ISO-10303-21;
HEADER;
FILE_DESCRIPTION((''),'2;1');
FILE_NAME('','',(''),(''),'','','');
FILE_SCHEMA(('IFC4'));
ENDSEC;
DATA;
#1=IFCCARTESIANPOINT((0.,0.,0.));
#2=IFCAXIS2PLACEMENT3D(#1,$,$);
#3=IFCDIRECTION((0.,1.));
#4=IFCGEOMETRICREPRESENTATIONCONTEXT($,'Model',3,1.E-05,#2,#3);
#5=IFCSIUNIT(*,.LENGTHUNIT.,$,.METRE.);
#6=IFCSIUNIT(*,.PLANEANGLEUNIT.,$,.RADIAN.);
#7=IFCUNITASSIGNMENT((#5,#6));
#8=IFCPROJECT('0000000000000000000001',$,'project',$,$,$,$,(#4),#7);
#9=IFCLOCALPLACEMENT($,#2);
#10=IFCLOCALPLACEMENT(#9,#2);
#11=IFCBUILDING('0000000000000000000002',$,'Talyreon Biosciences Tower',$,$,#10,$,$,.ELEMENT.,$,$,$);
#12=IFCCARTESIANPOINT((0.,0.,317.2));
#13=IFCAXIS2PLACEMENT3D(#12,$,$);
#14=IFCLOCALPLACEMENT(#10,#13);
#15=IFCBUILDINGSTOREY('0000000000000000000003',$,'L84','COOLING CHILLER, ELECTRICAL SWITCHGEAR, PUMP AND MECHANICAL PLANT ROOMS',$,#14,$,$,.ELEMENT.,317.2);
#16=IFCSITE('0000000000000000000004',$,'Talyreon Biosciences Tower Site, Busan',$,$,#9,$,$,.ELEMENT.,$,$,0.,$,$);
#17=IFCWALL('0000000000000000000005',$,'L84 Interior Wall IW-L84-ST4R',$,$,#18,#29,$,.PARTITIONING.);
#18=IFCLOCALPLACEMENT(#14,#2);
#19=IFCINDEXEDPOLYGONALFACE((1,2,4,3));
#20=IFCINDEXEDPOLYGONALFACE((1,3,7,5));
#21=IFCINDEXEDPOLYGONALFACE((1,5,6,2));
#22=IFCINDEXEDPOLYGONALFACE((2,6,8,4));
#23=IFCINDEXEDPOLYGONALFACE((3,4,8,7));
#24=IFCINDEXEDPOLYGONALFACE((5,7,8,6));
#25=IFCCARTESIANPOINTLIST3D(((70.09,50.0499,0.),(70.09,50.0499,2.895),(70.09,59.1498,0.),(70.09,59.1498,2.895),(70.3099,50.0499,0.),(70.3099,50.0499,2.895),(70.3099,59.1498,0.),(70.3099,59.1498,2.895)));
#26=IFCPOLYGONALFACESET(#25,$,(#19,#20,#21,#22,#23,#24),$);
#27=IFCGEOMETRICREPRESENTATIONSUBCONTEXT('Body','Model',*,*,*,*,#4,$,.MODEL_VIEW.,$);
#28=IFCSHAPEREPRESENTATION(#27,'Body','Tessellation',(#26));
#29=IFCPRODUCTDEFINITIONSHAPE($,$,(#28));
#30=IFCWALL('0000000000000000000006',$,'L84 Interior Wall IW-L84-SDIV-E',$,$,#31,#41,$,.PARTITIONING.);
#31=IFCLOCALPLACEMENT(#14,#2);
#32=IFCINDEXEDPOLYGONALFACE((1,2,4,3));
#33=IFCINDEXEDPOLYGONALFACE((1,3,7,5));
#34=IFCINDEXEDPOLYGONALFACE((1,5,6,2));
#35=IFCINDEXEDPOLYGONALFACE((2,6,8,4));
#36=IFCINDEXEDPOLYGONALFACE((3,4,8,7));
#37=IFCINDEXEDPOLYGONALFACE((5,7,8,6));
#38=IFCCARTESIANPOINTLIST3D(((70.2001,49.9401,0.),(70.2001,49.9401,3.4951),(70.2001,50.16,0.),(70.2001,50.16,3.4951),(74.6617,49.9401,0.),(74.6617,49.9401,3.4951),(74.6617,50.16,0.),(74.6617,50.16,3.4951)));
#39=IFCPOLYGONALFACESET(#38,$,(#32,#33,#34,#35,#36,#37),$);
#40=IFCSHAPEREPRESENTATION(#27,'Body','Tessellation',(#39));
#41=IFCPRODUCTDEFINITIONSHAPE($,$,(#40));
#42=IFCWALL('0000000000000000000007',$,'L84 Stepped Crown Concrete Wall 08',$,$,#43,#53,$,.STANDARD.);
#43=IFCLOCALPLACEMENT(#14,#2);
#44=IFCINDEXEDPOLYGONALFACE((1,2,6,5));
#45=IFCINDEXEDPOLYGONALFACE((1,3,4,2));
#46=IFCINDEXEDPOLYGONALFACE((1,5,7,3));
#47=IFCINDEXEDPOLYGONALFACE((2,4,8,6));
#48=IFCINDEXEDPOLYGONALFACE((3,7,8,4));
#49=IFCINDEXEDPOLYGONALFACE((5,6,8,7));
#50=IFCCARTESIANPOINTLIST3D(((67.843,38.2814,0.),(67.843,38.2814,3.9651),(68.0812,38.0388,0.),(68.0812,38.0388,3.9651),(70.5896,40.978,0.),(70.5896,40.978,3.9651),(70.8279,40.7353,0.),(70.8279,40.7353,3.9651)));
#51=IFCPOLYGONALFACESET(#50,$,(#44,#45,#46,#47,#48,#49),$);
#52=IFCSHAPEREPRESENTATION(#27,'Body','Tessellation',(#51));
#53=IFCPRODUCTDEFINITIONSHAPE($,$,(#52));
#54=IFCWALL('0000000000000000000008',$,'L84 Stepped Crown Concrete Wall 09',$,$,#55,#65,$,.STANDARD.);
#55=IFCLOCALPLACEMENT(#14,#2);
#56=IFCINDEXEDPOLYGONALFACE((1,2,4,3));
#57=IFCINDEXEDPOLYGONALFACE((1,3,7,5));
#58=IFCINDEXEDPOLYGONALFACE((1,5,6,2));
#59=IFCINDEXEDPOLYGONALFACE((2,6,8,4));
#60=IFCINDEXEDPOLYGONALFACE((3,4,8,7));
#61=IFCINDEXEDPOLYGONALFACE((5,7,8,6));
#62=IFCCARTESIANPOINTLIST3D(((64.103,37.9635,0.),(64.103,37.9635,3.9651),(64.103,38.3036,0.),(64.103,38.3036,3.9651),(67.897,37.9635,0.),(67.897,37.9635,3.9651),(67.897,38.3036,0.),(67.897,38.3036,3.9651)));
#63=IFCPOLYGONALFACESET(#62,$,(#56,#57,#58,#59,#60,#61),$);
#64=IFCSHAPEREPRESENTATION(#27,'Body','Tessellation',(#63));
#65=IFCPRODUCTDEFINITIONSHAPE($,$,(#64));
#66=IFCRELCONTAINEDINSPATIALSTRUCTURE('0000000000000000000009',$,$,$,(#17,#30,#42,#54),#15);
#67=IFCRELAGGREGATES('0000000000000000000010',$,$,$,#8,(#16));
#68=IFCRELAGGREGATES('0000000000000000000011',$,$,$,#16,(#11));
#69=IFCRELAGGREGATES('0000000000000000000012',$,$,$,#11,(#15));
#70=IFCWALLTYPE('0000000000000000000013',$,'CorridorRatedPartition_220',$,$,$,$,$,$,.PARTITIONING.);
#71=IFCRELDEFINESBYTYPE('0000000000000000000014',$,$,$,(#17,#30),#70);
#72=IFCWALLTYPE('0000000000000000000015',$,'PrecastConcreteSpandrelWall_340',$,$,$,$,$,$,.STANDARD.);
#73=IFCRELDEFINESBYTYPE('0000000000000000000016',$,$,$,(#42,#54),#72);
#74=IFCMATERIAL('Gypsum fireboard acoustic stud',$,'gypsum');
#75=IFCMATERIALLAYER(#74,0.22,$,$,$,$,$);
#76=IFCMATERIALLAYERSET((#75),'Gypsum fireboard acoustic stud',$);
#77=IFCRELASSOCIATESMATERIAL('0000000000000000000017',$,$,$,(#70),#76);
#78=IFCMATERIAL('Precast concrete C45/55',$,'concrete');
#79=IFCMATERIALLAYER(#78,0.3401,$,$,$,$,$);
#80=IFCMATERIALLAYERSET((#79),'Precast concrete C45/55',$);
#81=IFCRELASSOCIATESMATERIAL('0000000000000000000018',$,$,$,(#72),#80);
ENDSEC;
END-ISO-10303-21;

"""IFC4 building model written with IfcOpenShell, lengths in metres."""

from ifc_helpers import new_model, si_unit, direction, frame, frame_2d, origin, place, context, subcontext, project, spatial, rectangle, extrude, material, layer, layer_set, type_object, element, save


model = new_model("IFC4")

# Units and contexts
model_context = context("Model", 3, precision=1e-05, world=origin(), true_north=direction((0.0, 1.0)))
body_context = subcontext(model_context, "Body", "Model", "MODEL_VIEW")
ifc_project = project(units=[si_unit("LENGTHUNIT", "METRE"), si_unit("PLANEANGLEUNIT", "RADIAN")], contexts=[model_context])

# Site, building, storey
site_placement = place(None, origin())
site = spatial("IfcSite", under=ifc_project, at=site_placement, Name="Talyreon Biosciences Tower Site, Busan", CompositionType="ELEMENT", RefElevation=0.0)
building_placement = place(site_placement, origin())
building = spatial("IfcBuilding", under=site, at=building_placement, Name="Talyreon Biosciences Tower", CompositionType="ELEMENT")
storey_placement = place(building_placement, frame((0.0, 0.0, 317.2)))
storey = spatial("IfcBuildingStorey", under=building, at=storey_placement, Name="L84", Description="COOLING CHILLER, ELECTRICAL SWITCHGEAR, PUMP AND MECHANICAL PLANT ROOMS", CompositionType="ELEMENT", Elevation=317.2)

# Walls
ifc_material_1 = material(Name="Gypsum fireboard acoustic stud", Category="gypsum")
ifc_layer_1 = layer(ifc_material_1, 0.22)
ifc_layer_set_1 = layer_set([ifc_layer_1], Name="Gypsum fireboard acoustic stud")
wall_type_1 = type_object("IfcWallType", Name="CorridorRatedPartition_220", PredefinedType="PARTITIONING", material=ifc_layer_set_1)
wall_1_placement = place(storey_placement, frame((70.2, 50.05, 0.0), z_axis=(0.0, 0.0, 1.0), x_axis=(0.0, 1.0, 0.0)))
element("IfcWall", 1, at=wall_1_placement, inside=storey, type_object=wall_type_1, Name="L84 Interior Wall IW-L84-ST4R", PredefinedType="PARTITIONING", context=body_context, shape_type="SweptSolid", body=[
    extrude(rectangle(XDim=9.0999, YDim=0.22, at=frame_2d((4.5498, 0.0))), origin(), (0.0, 0.0, 1.0), 2.895),
])
wall_2_placement = place(storey_placement, frame((70.2, 50.05, 0.0), z_axis=(0.0, 0.0, 1.0), x_axis=(1.0, 0.0, 0.0)))
element("IfcWall", 2, at=wall_2_placement, inside=storey, type_object=wall_type_1, Name="L84 Interior Wall IW-L84-SDIV-E", PredefinedType="PARTITIONING", context=body_context, shape_type="SweptSolid", body=[
    extrude(rectangle(XDim=4.4617, YDim=0.22, at=frame_2d((2.231, 0.0))), origin(), (0.0, 0.0, 1.0), 3.4951),
])
ifc_material_2 = material(Name="Precast concrete C45/55", Category="concrete")
ifc_layer_2 = layer(ifc_material_2, 0.3401)
ifc_layer_set_2 = layer_set([ifc_layer_2], Name="Precast concrete C45/55")
wall_type_2 = type_object("IfcWallType", Name="PrecastConcreteSpandrelWall_340", PredefinedType="STANDARD", material=ifc_layer_set_2)
wall_3_placement = place(storey_placement, frame((70.7087, 40.8567, 0.0), z_axis=(0.0, 0.0, 1.0), x_axis=(-0.713578, -0.700575, 0.0)))
element("IfcWall", 3, at=wall_3_placement, inside=storey, type_object=wall_type_2, Name="L84 Stepped Crown Concrete Wall 08", PredefinedType="STANDARD", context=body_context, shape_type="SweptSolid", body=[
    extrude(rectangle(XDim=3.8491, YDim=0.3401, at=frame_2d((1.9246, 0.0))), origin(), (0.0, 0.0, 1.0), 3.9651),
])
wall_4_placement = place(storey_placement, frame((67.897, 38.1335, 0.0), z_axis=(0.0, 0.0, 1.0), x_axis=(-1.0, 0.0, 0.0)))
element("IfcWall", 4, at=wall_4_placement, inside=storey, type_object=wall_type_2, Name="L84 Stepped Crown Concrete Wall 09", PredefinedType="STANDARD", context=body_context, shape_type="SweptSolid", body=[
    extrude(rectangle(XDim=3.7939, YDim=0.3401, at=frame_2d((1.897, 0.0))), origin(), (0.0, 0.0, 1.0), 3.9651),
])

save(model, "model.ifc")
